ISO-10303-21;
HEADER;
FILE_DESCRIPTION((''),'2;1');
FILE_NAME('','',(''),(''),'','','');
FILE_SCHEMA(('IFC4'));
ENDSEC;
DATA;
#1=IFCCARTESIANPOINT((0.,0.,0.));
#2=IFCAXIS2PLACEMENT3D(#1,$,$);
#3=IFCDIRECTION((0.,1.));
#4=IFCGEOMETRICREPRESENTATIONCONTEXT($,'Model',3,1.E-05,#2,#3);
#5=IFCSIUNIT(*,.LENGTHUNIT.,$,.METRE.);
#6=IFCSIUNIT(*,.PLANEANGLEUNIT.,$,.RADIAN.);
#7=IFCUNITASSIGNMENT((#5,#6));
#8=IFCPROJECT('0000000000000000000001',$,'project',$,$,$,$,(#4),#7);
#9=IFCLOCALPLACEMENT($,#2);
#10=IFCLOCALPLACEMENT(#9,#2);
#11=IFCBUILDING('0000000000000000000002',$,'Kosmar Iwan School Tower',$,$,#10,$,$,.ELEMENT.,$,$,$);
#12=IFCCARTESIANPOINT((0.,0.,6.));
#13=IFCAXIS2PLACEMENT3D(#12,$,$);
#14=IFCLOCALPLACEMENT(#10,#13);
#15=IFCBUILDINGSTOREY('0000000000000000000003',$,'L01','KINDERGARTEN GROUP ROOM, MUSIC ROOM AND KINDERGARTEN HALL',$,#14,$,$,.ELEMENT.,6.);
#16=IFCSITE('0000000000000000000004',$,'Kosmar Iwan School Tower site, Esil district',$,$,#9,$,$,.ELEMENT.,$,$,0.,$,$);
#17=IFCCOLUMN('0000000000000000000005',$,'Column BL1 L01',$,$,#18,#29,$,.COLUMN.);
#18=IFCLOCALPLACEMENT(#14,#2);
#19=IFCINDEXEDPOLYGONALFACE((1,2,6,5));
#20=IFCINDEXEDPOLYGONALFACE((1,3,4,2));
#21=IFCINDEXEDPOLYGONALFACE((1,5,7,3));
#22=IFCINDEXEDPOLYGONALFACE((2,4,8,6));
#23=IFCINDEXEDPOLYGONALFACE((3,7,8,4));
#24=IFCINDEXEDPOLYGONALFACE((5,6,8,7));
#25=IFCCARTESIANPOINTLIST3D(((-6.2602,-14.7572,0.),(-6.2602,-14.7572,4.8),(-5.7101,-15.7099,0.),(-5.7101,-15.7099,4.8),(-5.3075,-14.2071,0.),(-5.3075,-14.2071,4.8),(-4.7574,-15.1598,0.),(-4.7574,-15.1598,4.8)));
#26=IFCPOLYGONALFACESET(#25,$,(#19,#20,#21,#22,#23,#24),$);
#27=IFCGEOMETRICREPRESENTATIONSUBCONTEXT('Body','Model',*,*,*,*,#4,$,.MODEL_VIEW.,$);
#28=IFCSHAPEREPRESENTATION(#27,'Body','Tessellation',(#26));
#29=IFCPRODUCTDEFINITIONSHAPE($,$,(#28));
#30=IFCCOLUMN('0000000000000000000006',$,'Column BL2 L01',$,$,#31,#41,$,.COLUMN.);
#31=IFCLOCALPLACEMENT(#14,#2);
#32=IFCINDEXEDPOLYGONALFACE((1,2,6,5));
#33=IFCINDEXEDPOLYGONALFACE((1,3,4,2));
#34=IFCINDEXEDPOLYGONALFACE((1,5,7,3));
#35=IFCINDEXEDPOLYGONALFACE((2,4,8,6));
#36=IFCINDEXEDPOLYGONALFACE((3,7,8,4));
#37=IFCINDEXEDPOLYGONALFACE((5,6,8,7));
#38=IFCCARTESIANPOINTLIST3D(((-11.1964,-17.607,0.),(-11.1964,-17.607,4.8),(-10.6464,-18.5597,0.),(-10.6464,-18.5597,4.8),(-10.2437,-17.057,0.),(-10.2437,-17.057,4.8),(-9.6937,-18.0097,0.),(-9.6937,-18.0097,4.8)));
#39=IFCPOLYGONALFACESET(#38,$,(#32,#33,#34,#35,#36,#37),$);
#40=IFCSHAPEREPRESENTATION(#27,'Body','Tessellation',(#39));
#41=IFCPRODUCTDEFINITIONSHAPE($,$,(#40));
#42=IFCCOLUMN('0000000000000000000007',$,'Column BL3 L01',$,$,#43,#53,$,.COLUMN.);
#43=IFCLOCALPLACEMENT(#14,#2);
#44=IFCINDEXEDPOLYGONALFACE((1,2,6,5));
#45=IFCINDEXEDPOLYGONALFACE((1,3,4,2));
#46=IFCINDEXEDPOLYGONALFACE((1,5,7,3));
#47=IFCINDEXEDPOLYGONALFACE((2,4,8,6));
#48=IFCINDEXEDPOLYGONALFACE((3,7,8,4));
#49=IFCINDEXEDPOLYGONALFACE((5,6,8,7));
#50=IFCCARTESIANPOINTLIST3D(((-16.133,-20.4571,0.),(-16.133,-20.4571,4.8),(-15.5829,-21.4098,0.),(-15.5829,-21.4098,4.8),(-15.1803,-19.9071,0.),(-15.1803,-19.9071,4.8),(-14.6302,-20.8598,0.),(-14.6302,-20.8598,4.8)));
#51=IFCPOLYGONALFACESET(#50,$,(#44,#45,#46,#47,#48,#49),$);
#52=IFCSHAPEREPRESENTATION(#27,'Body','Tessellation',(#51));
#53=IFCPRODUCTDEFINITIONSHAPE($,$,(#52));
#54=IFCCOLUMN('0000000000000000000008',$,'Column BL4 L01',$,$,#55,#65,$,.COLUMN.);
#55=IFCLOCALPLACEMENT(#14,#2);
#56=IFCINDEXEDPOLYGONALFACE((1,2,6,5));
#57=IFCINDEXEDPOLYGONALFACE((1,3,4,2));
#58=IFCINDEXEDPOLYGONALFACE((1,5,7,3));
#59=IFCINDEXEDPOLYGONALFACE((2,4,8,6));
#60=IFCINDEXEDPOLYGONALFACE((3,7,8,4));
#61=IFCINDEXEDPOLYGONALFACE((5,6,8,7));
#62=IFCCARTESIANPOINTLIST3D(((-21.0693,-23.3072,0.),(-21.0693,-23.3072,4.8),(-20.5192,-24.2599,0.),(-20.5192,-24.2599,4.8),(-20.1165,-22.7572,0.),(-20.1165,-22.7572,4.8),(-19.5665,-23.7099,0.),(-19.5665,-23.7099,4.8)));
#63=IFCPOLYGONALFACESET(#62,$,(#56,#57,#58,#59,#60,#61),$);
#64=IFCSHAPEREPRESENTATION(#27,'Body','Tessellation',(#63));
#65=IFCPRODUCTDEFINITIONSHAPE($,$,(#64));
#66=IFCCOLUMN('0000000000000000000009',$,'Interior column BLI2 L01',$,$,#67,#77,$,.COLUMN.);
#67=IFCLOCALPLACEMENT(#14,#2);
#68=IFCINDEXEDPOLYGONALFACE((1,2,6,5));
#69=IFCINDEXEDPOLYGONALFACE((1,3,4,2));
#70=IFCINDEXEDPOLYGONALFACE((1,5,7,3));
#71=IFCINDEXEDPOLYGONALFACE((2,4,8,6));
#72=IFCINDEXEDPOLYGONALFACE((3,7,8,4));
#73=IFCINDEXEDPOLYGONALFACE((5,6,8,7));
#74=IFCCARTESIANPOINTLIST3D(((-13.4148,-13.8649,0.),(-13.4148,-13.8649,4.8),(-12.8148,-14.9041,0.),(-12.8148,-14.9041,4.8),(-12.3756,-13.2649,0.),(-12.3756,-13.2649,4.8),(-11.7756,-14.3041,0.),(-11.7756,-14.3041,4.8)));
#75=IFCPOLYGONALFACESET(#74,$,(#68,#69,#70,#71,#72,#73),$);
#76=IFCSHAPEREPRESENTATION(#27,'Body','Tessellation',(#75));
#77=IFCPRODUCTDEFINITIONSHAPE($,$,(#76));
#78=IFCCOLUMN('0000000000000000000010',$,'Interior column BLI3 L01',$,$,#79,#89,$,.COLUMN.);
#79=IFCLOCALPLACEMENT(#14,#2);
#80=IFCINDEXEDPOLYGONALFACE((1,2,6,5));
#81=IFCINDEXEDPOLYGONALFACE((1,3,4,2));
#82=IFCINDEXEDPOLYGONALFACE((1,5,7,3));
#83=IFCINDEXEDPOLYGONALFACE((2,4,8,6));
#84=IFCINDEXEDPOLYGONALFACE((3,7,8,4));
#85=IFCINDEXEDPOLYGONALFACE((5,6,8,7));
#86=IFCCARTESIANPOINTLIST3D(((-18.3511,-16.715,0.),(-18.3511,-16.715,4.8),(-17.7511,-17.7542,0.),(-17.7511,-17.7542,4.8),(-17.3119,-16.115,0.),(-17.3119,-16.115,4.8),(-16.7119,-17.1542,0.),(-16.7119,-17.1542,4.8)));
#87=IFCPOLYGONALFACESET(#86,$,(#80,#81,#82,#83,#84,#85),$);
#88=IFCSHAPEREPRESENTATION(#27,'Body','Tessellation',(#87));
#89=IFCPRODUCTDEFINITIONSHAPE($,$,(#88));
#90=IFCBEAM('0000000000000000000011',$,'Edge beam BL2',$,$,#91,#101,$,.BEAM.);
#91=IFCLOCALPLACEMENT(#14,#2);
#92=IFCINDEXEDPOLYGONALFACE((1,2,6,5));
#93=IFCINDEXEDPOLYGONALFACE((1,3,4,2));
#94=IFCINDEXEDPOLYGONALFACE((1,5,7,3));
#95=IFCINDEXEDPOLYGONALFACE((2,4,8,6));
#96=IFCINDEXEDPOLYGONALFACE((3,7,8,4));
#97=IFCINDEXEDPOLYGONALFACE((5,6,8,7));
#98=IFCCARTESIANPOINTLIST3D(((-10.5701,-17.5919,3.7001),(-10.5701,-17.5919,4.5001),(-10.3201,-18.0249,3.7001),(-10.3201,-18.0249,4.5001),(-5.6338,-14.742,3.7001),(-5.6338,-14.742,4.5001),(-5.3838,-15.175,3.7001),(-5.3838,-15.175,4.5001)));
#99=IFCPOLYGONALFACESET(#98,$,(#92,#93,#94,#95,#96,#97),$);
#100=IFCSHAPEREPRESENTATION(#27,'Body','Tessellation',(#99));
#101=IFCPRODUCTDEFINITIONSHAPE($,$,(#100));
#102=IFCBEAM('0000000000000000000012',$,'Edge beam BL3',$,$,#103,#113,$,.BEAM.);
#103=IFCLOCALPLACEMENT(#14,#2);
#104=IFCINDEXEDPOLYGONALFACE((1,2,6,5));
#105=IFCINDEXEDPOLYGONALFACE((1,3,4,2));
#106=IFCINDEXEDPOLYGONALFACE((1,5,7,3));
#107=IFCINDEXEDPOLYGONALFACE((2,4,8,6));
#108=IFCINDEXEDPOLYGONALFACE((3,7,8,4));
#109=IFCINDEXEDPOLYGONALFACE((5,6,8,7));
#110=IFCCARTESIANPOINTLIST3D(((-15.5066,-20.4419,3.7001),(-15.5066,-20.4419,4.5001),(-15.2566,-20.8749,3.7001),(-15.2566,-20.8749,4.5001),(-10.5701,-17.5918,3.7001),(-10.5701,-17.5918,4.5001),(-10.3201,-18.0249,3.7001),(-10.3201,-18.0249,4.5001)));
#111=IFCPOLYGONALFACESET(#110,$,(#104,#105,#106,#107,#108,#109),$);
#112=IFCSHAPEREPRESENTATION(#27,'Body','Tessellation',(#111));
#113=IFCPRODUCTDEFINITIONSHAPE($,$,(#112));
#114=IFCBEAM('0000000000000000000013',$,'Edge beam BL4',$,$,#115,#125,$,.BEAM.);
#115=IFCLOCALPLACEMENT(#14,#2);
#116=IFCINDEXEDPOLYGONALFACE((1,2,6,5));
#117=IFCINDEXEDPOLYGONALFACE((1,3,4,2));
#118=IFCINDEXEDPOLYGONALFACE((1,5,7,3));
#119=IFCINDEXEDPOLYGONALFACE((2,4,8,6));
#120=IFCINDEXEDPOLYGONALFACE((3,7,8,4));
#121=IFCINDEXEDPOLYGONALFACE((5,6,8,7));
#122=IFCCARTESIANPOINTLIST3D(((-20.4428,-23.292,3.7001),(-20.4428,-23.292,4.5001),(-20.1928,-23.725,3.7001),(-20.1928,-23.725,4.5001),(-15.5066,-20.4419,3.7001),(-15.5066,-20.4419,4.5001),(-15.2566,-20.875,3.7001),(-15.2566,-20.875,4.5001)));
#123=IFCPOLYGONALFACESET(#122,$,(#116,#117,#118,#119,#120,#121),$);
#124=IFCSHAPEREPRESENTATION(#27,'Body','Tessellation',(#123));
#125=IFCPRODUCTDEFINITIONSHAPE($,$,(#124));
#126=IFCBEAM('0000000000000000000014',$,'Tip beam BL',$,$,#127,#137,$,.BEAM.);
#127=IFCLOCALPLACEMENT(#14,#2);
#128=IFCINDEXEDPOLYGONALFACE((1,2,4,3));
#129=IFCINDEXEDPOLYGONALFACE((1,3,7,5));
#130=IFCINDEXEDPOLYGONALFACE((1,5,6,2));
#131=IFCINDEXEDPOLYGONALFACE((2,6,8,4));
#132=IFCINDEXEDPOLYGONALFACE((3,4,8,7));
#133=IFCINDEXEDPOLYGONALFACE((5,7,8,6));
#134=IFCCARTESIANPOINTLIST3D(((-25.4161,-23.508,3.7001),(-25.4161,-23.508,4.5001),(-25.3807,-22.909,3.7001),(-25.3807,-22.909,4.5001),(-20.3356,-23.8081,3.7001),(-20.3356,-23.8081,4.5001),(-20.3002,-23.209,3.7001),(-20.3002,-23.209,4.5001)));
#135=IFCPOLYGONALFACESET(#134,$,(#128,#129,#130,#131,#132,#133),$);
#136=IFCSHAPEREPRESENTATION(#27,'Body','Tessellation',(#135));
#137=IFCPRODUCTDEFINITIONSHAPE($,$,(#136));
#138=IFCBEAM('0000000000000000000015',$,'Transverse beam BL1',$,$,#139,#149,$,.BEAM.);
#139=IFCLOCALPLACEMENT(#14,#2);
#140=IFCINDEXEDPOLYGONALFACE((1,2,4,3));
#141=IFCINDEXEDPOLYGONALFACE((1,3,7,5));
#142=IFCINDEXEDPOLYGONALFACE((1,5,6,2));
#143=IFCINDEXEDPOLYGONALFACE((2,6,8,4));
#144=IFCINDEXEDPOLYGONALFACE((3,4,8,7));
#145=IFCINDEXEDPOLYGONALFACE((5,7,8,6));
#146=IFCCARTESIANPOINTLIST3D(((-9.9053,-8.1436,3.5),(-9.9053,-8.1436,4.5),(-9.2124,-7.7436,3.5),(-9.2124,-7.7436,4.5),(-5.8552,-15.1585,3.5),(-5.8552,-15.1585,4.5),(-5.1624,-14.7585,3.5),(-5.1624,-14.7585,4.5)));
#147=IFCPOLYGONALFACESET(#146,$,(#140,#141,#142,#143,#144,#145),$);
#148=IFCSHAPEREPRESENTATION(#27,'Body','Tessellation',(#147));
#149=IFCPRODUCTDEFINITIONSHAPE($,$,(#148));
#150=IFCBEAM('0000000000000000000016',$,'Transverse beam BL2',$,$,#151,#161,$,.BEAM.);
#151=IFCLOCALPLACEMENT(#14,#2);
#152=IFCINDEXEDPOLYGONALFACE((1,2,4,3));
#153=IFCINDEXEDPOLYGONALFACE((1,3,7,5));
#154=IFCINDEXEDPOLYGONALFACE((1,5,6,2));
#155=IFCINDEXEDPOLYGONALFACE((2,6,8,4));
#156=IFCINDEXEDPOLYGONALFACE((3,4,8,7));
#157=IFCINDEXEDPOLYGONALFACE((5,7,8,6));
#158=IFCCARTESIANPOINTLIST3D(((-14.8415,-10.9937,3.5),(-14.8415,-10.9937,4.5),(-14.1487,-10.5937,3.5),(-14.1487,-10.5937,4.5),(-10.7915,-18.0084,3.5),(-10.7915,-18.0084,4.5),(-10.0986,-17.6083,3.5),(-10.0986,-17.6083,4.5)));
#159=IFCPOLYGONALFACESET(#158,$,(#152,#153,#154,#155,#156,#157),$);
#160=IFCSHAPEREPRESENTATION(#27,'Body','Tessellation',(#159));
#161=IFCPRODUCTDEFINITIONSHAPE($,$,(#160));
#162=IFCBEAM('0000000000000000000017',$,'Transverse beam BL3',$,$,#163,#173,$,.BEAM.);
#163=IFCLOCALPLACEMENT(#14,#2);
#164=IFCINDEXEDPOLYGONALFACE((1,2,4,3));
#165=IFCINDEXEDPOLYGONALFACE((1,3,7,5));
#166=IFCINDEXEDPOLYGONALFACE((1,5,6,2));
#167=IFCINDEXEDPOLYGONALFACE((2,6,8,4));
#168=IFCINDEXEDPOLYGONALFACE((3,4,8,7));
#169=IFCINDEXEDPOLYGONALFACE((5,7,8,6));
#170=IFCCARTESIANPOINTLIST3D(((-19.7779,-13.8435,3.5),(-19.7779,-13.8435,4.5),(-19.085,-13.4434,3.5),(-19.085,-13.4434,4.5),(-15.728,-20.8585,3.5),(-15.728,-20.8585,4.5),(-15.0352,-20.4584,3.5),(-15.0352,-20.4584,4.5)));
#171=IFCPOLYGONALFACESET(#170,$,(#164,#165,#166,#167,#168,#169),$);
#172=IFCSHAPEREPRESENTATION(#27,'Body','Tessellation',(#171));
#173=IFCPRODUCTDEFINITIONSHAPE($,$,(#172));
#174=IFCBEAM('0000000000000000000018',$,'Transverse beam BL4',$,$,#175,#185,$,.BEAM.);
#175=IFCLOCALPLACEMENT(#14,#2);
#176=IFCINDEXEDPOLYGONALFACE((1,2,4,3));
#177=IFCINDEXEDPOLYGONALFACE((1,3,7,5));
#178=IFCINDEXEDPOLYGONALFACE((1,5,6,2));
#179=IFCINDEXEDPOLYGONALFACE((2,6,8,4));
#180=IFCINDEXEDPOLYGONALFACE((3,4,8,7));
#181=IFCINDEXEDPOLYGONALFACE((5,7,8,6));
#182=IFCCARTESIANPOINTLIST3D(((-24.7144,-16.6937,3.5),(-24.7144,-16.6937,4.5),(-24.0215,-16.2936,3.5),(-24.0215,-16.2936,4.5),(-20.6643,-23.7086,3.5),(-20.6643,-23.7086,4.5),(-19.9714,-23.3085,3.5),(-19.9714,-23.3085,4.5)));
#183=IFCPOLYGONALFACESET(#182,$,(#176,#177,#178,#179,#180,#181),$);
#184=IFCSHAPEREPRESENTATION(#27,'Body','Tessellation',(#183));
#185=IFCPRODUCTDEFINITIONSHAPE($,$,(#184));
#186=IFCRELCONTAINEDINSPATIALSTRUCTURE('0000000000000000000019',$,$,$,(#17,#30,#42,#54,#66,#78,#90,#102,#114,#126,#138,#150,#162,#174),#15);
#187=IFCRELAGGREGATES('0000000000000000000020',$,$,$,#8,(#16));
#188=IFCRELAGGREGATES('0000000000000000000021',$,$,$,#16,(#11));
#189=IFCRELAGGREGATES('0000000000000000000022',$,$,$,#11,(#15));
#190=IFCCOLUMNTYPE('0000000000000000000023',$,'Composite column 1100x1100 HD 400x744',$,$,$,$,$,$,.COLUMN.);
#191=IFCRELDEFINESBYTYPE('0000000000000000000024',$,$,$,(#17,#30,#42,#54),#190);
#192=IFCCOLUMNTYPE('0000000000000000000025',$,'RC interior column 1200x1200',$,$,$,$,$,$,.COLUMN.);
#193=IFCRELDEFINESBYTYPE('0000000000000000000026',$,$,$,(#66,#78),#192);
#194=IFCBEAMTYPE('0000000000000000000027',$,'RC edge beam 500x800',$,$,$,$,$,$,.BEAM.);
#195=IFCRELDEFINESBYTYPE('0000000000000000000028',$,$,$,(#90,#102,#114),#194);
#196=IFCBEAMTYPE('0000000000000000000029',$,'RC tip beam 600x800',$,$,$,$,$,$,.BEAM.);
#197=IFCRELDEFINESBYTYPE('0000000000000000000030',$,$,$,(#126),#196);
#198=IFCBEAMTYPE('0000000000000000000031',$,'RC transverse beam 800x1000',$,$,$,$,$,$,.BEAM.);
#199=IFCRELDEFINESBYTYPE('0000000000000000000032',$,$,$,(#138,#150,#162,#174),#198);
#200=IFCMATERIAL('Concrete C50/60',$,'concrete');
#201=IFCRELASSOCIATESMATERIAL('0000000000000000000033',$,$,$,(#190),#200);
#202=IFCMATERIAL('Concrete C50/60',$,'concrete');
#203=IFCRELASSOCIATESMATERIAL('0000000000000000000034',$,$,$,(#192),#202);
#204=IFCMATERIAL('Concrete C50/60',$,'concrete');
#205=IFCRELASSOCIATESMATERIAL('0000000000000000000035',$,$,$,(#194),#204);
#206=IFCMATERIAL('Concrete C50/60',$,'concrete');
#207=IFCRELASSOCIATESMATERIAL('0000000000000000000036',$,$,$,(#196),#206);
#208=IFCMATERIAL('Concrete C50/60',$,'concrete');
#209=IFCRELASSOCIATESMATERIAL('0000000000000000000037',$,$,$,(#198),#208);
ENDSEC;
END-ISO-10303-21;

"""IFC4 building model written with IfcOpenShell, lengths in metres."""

from ifc_helpers import new_model, si_unit, direction, frame, origin, origin_2d, place, context, subcontext, project, spatial, rectangle, extrude, material, material_profile, profile_set, type_object, element, save


model = new_model("IFC4")

# Units and contexts
model_context = context("Model", 3, precision=1e-05, world=origin(), true_north=direction((0.0, 1.0)))
body_context = subcontext(model_context, "Body", "Model", "MODEL_VIEW")
ifc_project = project(units=[si_unit("LENGTHUNIT", "METRE"), si_unit("PLANEANGLEUNIT", "RADIAN")], contexts=[model_context])

# Site, building, storey
site_placement = place(None, origin())
site = spatial("IfcSite", under=ifc_project, at=site_placement, Name="Kosmar Iwan School Tower site, Esil district", CompositionType="ELEMENT", RefElevation=0.0)
building_placement = place(site_placement, origin())
building = spatial("IfcBuilding", under=site, at=building_placement, Name="Kosmar Iwan School Tower", CompositionType="ELEMENT")
storey_placement = place(building_placement, frame((0.0, 0.0, 6.0)))
storey = spatial("IfcBuildingStorey", under=building, at=storey_placement, Name="L01", Description="KINDERGARTEN GROUP ROOM, MUSIC ROOM AND KINDERGARTEN HALL", CompositionType="ELEMENT", Elevation=6.0)

# Columns
ifc_material_1 = material(Name="Concrete C50/60", Category="concrete")
ifc_material_profile_1 = material_profile(ifc_material_1, rectangle(XDim=1.1001, YDim=1.1001, at=origin_2d()), Name="RC 1100x1100 + HD 400x744")
ifc_profile_set_1 = profile_set([ifc_material_profile_1], Name="Concrete C50/60")
column_type_1 = type_object("IfcColumnType", Name="Composite column 1100x1100 HD 400x744", PredefinedType="COLUMN", material=ifc_profile_set_1)
for number, where, z_axis, x_axis, name in (
    (1, (-5.5088, -14.9585, 0.0), (0.0, 0.0, 1.0), (-0.866025, -0.5, 0.0), "Column BL1 L01"),
    (2, (-10.4451, -17.8083, 0.0), (0.0, 0.0, 1.0), (-0.866025, -0.5, 0.0), "Column BL2 L01"),
    (3, (-15.3816, -20.6584, 0.0), (0.0, 0.0, 1.0), (-0.866025, -0.5, 0.0), "Column BL3 L01"),
    (4, (-20.3179, -23.5085, 0.0), (0.0, 0.0, 1.0), (-0.866025, -0.5, 0.0), "Column BL4 L01"),
):
    element("IfcColumn", number, at=place(storey_placement, frame(where, z_axis=z_axis, x_axis=x_axis)), inside=storey, type_object=column_type_1, Name=name, PredefinedType="COLUMN", context=body_context, shape_type="SweptSolid", body=[
        extrude(rectangle(XDim=1.1001, YDim=1.1001, at=origin_2d()), origin(), (0.0, 0.0, 1.0), 4.8),
    ])
ifc_material_2 = material(Name="Concrete C50/60", Category="concrete")
ifc_material_profile_2 = material_profile(ifc_material_2, rectangle(XDim=1.2, YDim=1.2, at=origin_2d()), Name="RC 1200x1200")
ifc_profile_set_2 = profile_set([ifc_material_profile_2], Name="Concrete C50/60")
column_type_2 = type_object("IfcColumnType", Name="RC interior column 1200x1200", PredefinedType="COLUMN", material=ifc_profile_set_2)
for number, where, z_axis, x_axis, name in (
    (5, (-12.5952, -14.0845, 0.0), (0.0, 0.0, 1.0), (-0.866025, -0.5, 0.0), "Interior column BLI2 L01"),
    (6, (-17.5315, -16.9346, 0.0), (0.0, 0.0, 1.0), (-0.866025, -0.5, 0.0), "Interior column BLI3 L01"),
):
    element("IfcColumn", number, at=place(storey_placement, frame(where, z_axis=z_axis, x_axis=x_axis)), inside=storey, type_object=column_type_2, Name=name, PredefinedType="COLUMN", context=body_context, shape_type="SweptSolid", body=[
        extrude(rectangle(XDim=1.2, YDim=1.2, at=origin_2d()), origin(), (0.0, 0.0, 1.0), 4.8),
    ])

# Beams
ifc_material_3 = material(Name="Concrete C50/60", Category="concrete")
ifc_material_profile_3 = material_profile(ifc_material_3, rectangle(XDim=0.5, YDim=0.8, at=origin_2d()), Name="RC 500x800")
ifc_profile_set_3 = profile_set([ifc_material_profile_3], Name="Concrete C50/60")
beam_type_1 = type_object("IfcBeamType", Name="RC edge beam 500x800", PredefinedType="BEAM", material=ifc_profile_set_3)
beam_1_placement = place(storey_placement, frame((-5.5088, -14.9585, 4.1001), z_axis=(-0.866034, -0.499986, 0.0), x_axis=(0.499986, -0.866034, 0.0)))
element("IfcBeam", 7, at=beam_1_placement, inside=storey, type_object=beam_type_1, Name="Edge beam BL2", PredefinedType="BEAM", context=body_context, shape_type="SweptSolid", body=[
    extrude(rectangle(XDim=0.5, YDim=0.8, at=origin_2d()), origin(), (0.0, 0.0, 1.0), 5.7),
])
beam_2_placement = place(storey_placement, frame((-10.4451, -17.8083, 4.1001), z_axis=(-0.866026, -0.499999, 0.0), x_axis=(0.499999, -0.866026, 0.0)))
element("IfcBeam", 8, at=beam_2_placement, inside=storey, type_object=beam_type_1, Name="Edge beam BL3", PredefinedType="BEAM", context=body_context, shape_type="SweptSolid", body=[
    extrude(rectangle(XDim=0.5, YDim=0.8, at=origin_2d()), origin(), (0.0, 0.0, 1.0), 5.7002),
])
beam_3_placement = place(storey_placement, frame((-15.3816, -20.6584, 4.1001), z_axis=(-0.866015, -0.500018, 0.0), x_axis=(0.500018, -0.866015, 0.0)))
element("IfcBeam", 9, at=beam_3_placement, inside=storey, type_object=beam_type_1, Name="Edge beam BL4", PredefinedType="BEAM", context=body_context, shape_type="SweptSolid", body=[
    extrude(rectangle(XDim=0.5, YDim=0.8, at=origin_2d()), origin(), (0.0, 0.0, 1.0), 5.7),
])
ifc_material_4 = material(Name="Concrete C50/60", Category="concrete")
ifc_material_profile_4 = material_profile(ifc_material_4, rectangle(XDim=0.6001, YDim=0.8, at=origin_2d()), Name="RC 600x800")
ifc_profile_set_4 = profile_set([ifc_material_profile_4], Name="Concrete C50/60")
beam_type_2 = type_object("IfcBeamType", Name="RC tip beam 600x800", PredefinedType="BEAM", material=ifc_profile_set_4)
beam_4_placement = place(storey_placement, frame((-20.3179, -23.5085, 4.1001), z_axis=(-0.998261, 0.058955, 0.0), x_axis=(-0.058955, -0.998261, 0.0)))
element("IfcBeam", 10, at=beam_4_placement, inside=storey, type_object=beam_type_2, Name="Tip beam BL", PredefinedType="BEAM", context=body_context, shape_type="SweptSolid", body=[
    extrude(rectangle(XDim=0.6001, YDim=0.8, at=origin_2d()), origin(), (0.0, 0.0, 1.0), 5.0894),
])
ifc_material_5 = material(Name="Concrete C50/60", Category="concrete")
ifc_material_profile_5 = material_profile(ifc_material_5, rectangle(XDim=0.8, YDim=1.0, at=origin_2d()), Name="RC 800x1000")
ifc_profile_set_5 = profile_set([ifc_material_profile_5], Name="Concrete C50/60")
beam_type_3 = type_object("IfcBeamType", Name="RC transverse beam 800x1000", PredefinedType="BEAM", material=ifc_profile_set_5)
beam_5_placement = place(storey_placement, frame((-5.5088, -14.9585, 4.0), z_axis=(-0.5, 0.866025, 0.0), x_axis=(-0.866025, -0.5, 0.0)))
element("IfcBeam", 11, at=beam_5_placement, inside=storey, type_object=beam_type_3, Name="Transverse beam BL1", PredefinedType="BEAM", context=body_context, shape_type="SweptSolid", body=[
    extrude(rectangle(XDim=0.8, YDim=1.0, at=origin_2d()), origin(), (0.0, 0.0, 1.0), 8.1001),
])
beam_6_placement = place(storey_placement, frame((-10.4451, -17.8083, 4.0), z_axis=(-0.500013, 0.866018, 0.0), x_axis=(-0.866018, -0.500013, 0.0)))
element("IfcBeam", 12, at=beam_6_placement, inside=storey, type_object=beam_type_3, Name="Transverse beam BL2", PredefinedType="BEAM", context=body_context, shape_type="SweptSolid", body=[
    extrude(rectangle(XDim=0.8, YDim=1.0, at=origin_2d()), origin(), (0.0, 0.0, 1.0), 8.0999),
])
for number, where, z_axis, x_axis, name in (
    (13, (-15.3816, -20.6584, 4.0), (-0.499977, 0.866039, 0.0), (-0.866039, -0.499977, 0.0), "Transverse beam BL3"),
    (14, (-20.3179, -23.5085, 4.0), (-0.5, 0.866025, 0.0), (-0.866025, -0.5, 0.0), "Transverse beam BL4"),
):
    element("IfcBeam", number, at=place(storey_placement, frame(where, z_axis=z_axis, x_axis=x_axis)), inside=storey, type_object=beam_type_3, Name=name, PredefinedType="BEAM", context=body_context, shape_type="SweptSolid", body=[
        extrude(rectangle(XDim=0.8, YDim=1.0, at=origin_2d()), origin(), (0.0, 0.0, 1.0), 8.1001),
    ])

save(model, "model.ifc")
